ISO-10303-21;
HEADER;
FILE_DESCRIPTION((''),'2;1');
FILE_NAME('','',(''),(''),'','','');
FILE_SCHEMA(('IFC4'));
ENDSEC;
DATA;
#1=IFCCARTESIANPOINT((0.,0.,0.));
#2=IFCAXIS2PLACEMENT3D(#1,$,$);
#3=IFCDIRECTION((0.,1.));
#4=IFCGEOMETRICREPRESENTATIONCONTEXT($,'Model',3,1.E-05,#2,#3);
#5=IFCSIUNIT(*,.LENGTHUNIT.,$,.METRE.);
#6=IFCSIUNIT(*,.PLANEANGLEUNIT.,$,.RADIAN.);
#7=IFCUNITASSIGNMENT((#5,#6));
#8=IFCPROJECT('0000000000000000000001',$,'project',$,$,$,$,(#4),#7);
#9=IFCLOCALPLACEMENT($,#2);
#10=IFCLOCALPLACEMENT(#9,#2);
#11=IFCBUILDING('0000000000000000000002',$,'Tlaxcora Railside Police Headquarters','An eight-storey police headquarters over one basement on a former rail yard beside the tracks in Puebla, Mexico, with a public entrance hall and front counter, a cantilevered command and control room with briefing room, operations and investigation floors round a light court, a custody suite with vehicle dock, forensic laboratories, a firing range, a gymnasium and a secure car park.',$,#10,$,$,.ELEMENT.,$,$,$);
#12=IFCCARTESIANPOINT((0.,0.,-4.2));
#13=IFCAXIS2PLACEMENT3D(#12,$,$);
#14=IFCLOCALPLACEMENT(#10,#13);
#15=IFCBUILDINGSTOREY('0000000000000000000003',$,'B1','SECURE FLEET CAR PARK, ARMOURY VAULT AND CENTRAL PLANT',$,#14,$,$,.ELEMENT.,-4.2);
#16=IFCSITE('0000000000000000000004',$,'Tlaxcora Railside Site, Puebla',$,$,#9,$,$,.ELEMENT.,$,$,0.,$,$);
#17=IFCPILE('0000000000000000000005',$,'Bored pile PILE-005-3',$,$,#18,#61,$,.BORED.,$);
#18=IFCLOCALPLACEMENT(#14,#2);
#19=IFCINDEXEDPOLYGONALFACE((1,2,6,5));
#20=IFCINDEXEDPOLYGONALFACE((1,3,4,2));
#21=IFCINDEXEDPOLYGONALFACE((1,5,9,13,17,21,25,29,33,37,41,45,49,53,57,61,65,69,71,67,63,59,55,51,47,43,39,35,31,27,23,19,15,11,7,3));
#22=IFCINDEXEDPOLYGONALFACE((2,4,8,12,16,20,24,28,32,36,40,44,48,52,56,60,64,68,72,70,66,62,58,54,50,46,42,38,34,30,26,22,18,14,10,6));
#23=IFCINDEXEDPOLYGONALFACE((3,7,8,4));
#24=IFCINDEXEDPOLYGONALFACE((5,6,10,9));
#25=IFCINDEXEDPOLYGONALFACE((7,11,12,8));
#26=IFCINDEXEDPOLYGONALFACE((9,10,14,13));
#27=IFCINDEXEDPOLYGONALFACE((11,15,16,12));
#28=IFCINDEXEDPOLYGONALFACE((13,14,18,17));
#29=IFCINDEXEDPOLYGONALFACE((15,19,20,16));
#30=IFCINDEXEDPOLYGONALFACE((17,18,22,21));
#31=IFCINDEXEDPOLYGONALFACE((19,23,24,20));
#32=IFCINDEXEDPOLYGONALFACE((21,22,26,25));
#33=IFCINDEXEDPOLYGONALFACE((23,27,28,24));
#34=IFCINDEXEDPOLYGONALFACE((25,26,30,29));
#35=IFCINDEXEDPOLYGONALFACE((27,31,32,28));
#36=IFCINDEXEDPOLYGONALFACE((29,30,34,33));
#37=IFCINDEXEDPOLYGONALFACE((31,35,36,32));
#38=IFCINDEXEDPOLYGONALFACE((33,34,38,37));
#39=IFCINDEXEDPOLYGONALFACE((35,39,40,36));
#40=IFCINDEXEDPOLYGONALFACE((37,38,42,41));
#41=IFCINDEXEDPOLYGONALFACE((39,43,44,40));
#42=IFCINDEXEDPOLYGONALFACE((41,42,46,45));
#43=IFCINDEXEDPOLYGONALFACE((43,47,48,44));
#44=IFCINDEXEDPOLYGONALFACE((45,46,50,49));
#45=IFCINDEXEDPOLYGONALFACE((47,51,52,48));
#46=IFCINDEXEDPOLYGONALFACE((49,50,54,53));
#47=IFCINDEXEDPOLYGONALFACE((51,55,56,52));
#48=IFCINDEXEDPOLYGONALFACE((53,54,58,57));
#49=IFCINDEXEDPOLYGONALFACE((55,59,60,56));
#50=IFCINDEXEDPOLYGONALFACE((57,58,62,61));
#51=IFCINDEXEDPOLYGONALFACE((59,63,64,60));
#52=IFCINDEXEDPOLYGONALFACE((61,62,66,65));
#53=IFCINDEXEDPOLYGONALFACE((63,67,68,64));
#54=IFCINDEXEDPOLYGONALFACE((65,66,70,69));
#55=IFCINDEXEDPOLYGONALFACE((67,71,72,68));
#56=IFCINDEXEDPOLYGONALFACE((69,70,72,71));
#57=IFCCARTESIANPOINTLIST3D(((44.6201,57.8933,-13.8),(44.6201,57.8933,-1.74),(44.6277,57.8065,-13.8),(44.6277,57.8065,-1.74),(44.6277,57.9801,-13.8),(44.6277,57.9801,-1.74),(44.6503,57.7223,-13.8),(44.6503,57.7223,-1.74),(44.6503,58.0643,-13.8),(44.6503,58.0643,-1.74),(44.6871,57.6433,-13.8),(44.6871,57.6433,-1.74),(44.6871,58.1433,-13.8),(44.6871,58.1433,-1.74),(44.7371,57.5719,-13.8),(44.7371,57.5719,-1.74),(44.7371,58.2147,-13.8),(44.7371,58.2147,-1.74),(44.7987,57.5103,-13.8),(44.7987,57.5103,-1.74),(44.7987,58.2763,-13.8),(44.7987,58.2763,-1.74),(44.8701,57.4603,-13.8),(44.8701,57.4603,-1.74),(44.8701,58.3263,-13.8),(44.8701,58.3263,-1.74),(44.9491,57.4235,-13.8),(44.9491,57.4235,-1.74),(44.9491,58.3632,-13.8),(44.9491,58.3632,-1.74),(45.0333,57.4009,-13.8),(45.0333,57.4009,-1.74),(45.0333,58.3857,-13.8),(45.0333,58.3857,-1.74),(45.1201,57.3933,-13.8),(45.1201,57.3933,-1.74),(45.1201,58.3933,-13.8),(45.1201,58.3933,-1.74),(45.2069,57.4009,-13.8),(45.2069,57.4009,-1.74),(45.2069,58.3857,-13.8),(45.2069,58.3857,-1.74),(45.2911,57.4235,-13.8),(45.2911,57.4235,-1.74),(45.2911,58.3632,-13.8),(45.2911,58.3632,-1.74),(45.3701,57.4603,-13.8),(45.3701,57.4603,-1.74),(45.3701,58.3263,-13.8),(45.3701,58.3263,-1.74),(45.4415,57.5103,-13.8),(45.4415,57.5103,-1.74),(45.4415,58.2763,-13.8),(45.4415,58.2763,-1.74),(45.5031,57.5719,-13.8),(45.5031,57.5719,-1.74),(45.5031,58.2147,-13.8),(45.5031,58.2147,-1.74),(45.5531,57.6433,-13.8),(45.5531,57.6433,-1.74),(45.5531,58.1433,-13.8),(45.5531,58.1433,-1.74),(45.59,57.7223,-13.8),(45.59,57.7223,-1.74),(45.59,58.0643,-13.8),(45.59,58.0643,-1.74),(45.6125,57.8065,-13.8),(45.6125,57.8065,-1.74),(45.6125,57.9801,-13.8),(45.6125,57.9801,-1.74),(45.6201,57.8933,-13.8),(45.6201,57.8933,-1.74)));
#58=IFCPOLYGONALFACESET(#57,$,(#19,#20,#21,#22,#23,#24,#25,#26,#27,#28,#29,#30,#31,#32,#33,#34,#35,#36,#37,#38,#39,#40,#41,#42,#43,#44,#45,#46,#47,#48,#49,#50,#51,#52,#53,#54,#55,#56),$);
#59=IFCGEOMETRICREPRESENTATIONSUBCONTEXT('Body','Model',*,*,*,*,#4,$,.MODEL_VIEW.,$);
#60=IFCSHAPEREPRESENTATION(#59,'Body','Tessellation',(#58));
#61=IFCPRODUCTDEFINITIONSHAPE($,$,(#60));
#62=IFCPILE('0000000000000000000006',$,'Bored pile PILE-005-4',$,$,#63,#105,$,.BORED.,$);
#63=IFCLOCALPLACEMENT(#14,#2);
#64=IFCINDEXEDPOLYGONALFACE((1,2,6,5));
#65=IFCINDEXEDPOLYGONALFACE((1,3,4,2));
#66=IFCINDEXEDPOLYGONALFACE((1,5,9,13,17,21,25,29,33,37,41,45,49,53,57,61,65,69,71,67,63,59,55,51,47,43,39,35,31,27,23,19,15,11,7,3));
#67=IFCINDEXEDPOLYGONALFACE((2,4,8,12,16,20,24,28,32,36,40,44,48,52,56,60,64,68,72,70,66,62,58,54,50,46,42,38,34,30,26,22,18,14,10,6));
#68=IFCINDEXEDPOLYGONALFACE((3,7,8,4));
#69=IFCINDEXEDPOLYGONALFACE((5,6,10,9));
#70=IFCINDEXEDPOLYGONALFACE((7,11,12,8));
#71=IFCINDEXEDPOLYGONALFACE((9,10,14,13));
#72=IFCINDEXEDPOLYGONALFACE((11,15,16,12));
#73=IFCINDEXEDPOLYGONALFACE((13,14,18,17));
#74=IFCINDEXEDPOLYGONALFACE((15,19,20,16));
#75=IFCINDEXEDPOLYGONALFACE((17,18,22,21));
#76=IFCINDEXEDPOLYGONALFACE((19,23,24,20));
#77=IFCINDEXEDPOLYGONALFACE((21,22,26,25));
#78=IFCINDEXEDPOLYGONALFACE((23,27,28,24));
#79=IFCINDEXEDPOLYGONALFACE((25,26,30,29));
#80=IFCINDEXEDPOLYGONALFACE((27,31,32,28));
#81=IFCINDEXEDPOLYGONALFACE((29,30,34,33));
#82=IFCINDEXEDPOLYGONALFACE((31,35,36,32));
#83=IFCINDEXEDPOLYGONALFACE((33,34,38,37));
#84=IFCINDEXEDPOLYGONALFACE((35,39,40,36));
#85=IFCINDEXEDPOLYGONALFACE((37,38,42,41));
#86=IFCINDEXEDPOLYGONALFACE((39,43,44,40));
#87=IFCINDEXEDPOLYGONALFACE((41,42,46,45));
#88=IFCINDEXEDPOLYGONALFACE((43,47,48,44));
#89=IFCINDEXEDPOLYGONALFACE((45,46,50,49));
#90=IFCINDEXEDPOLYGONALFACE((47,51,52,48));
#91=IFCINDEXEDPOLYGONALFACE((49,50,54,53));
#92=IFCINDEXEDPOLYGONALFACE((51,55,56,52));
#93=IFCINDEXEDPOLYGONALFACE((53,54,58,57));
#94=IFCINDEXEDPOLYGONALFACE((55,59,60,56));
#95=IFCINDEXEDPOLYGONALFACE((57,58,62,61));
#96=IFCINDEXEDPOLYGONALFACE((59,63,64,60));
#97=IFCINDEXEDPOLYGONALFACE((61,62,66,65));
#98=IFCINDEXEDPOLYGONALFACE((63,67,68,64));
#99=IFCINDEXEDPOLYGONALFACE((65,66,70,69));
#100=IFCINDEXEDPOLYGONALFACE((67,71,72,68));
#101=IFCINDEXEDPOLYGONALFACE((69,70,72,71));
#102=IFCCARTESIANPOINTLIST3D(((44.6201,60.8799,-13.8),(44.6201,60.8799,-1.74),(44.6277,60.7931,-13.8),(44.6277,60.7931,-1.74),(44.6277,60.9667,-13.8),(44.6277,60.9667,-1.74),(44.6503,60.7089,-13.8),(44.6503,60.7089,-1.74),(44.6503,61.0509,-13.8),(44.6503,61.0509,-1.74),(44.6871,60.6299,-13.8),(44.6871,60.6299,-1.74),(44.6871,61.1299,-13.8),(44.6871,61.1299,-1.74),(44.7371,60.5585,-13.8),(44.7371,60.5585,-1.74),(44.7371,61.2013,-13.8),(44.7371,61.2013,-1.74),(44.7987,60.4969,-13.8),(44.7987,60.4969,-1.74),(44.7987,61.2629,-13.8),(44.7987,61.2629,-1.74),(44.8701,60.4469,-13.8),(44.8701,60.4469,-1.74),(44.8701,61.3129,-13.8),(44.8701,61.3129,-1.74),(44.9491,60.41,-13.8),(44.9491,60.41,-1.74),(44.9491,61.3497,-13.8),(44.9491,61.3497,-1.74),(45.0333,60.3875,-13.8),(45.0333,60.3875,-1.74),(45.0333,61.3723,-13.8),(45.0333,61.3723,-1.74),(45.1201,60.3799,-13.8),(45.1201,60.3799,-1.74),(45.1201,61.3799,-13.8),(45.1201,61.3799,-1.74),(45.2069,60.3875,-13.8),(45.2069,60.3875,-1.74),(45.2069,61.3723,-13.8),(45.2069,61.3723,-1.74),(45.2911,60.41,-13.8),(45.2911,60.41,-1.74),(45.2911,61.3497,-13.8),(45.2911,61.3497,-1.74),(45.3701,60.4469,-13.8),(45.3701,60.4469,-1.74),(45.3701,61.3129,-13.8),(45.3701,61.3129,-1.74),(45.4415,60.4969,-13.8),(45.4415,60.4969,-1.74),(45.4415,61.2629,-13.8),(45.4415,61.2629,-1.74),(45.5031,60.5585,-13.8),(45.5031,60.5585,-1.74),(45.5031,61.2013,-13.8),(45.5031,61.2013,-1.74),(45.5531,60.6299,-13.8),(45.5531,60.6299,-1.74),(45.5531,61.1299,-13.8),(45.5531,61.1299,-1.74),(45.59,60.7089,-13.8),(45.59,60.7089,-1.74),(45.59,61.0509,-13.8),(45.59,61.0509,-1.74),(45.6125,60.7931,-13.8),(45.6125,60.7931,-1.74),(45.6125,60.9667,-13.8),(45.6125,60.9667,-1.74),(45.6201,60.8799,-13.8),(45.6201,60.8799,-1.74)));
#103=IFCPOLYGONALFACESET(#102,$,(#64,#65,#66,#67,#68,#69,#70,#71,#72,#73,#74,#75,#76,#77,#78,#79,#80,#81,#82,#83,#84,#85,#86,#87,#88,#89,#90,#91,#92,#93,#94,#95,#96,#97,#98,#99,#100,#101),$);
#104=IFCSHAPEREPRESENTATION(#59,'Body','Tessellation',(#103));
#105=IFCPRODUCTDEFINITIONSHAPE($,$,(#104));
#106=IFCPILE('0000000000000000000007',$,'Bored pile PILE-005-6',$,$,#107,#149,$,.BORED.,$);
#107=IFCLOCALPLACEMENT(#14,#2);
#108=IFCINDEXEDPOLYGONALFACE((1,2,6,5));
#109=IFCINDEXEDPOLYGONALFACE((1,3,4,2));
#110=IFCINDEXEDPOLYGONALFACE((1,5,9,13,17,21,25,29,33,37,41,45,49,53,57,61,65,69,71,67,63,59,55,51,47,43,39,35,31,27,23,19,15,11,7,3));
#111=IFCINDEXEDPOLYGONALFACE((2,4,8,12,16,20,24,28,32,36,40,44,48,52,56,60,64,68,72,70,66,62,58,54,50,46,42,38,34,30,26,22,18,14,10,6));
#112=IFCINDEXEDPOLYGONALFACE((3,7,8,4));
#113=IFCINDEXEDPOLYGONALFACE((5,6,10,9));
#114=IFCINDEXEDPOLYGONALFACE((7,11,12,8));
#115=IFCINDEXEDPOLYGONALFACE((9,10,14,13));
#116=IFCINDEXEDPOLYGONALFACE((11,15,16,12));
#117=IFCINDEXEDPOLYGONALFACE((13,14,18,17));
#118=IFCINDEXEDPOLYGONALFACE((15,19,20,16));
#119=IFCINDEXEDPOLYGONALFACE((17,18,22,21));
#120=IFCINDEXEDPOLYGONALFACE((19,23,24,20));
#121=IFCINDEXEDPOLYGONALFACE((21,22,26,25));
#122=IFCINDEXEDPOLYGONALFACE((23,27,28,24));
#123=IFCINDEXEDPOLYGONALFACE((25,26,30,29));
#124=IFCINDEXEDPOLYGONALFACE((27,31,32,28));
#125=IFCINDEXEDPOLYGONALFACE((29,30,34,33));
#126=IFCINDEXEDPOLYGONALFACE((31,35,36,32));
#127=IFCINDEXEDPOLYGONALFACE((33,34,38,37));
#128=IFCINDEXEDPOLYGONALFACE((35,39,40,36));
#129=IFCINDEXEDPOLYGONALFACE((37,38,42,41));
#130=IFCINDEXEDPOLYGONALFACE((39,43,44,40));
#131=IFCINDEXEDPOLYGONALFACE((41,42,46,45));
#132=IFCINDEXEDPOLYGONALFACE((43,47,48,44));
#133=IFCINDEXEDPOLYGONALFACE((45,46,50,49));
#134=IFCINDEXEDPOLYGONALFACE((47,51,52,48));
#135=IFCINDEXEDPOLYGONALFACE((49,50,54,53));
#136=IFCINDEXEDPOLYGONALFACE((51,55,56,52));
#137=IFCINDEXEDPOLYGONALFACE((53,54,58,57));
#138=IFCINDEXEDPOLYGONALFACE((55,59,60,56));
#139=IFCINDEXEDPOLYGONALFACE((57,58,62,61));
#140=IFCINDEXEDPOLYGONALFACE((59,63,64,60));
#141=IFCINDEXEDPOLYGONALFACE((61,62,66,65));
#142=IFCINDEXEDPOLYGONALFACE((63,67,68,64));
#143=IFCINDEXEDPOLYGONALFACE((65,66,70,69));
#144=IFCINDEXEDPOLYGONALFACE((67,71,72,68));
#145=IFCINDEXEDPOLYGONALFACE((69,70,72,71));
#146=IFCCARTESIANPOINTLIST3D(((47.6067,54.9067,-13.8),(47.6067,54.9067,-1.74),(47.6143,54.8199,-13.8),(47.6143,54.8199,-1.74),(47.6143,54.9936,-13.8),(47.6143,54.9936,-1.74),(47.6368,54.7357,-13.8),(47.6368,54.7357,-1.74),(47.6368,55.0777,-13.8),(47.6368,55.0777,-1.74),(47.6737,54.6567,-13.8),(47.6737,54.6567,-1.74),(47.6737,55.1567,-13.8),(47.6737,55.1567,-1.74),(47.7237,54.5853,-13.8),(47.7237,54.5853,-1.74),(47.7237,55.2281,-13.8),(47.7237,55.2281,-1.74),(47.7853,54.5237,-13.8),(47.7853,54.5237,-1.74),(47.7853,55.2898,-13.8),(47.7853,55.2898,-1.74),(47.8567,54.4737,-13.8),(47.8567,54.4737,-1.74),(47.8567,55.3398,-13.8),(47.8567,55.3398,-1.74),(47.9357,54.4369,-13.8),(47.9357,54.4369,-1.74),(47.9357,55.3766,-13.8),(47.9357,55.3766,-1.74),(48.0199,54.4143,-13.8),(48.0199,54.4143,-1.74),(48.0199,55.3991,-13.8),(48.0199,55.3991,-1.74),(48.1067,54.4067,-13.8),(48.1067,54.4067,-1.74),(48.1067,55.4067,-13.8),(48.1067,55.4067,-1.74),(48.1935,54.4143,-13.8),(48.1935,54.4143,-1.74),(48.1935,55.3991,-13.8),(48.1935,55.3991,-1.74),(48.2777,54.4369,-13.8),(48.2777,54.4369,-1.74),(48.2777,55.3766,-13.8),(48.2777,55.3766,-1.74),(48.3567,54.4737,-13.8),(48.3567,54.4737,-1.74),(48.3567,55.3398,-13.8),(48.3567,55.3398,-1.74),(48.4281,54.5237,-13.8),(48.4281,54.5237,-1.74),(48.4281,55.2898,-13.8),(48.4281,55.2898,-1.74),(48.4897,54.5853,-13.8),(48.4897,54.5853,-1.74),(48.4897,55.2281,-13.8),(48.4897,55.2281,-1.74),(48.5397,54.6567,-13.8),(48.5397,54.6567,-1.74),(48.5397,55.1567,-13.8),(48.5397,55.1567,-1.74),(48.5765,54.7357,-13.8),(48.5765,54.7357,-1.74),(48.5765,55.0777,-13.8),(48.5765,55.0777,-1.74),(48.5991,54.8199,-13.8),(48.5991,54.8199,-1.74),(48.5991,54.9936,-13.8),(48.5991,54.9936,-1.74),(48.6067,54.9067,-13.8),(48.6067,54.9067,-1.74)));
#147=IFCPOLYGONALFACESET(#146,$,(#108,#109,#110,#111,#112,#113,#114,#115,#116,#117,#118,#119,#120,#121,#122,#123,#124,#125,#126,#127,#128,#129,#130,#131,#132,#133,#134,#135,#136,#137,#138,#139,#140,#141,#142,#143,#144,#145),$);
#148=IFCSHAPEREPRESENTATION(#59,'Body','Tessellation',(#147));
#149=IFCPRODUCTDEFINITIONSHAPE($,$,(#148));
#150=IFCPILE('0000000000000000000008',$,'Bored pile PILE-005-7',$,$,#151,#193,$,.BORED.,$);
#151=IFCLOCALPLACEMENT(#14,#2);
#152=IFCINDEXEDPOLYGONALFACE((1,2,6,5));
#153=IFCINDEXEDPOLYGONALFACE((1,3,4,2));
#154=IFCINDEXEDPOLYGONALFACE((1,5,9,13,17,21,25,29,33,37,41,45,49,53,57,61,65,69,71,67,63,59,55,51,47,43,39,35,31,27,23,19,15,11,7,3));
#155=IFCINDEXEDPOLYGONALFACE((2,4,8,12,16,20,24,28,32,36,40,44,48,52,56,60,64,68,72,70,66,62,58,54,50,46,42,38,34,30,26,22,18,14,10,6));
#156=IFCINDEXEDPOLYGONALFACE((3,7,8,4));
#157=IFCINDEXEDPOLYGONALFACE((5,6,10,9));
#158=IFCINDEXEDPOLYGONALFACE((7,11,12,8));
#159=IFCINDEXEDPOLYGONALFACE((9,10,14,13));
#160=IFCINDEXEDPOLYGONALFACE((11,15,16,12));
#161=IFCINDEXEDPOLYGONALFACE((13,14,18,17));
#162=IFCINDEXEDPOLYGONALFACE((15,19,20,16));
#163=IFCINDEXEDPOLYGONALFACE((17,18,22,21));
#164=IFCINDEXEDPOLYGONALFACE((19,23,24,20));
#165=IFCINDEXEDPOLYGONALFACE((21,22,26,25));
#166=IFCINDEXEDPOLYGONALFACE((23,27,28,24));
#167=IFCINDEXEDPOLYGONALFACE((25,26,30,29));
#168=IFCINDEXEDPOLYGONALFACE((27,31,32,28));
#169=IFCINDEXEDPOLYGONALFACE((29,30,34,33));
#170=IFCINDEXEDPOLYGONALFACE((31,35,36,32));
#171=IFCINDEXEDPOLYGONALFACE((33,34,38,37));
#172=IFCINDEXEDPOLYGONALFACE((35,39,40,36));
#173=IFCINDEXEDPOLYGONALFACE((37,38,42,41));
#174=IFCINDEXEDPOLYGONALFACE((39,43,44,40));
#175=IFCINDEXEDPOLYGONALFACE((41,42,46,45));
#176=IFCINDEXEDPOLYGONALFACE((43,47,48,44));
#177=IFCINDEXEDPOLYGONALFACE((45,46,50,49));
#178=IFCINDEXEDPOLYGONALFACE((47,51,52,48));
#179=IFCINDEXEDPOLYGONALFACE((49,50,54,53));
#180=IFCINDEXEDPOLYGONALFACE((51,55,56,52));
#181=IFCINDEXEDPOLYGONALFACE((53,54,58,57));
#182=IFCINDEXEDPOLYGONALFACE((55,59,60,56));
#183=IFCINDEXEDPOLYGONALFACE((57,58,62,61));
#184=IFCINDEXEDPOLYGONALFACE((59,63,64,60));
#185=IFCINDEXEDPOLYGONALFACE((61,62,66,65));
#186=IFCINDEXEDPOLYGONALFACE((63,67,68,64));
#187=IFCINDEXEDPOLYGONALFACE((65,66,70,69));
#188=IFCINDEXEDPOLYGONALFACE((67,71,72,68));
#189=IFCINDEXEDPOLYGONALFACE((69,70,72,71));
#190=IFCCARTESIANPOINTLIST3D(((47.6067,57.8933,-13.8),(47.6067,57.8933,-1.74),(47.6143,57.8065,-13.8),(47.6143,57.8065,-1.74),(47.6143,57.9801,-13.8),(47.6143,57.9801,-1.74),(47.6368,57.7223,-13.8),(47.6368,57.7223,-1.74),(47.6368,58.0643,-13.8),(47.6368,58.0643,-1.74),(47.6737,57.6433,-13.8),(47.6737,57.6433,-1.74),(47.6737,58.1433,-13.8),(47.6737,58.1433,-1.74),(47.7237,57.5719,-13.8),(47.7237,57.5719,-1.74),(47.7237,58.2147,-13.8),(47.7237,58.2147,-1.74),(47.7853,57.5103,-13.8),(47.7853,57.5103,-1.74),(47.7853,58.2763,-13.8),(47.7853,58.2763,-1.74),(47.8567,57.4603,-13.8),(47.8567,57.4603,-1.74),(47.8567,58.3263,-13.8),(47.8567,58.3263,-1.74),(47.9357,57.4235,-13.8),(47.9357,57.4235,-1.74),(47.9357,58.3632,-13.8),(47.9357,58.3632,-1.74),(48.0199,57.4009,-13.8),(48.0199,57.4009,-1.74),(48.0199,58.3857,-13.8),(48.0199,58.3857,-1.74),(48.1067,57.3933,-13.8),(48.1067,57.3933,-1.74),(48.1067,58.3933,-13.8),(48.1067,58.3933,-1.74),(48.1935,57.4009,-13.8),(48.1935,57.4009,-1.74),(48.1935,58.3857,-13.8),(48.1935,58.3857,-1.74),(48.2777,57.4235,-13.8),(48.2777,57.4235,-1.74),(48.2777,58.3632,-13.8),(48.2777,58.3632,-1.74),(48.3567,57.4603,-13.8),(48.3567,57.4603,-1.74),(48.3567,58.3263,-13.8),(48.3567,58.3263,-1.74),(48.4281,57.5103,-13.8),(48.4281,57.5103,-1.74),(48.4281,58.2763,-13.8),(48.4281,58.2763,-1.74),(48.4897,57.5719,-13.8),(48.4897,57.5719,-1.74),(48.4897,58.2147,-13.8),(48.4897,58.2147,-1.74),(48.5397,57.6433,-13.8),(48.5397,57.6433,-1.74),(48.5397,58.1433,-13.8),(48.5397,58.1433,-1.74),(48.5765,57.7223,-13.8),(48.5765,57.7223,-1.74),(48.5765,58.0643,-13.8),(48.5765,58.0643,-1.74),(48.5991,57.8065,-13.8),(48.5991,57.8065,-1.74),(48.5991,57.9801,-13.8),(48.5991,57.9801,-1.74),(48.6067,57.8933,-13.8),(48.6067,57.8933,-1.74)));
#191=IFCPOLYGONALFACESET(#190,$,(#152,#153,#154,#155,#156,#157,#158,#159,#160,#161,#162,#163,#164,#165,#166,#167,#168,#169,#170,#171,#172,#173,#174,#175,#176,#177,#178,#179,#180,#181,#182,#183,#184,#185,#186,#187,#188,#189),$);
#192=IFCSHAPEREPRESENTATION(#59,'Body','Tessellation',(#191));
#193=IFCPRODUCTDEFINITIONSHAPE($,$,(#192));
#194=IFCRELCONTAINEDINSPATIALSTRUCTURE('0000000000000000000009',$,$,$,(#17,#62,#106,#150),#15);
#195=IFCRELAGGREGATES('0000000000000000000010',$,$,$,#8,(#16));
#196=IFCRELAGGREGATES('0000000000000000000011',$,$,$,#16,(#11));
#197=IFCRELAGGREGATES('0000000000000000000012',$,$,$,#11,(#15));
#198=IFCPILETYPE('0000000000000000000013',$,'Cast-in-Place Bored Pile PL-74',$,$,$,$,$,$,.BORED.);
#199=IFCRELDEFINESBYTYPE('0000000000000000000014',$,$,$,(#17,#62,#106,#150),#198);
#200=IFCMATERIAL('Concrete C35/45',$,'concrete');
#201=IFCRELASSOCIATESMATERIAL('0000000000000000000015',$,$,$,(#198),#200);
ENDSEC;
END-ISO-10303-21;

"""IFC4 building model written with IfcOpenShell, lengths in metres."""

from ifc_helpers import new_model, si_unit, direction, frame, origin, origin_2d, place, context, subcontext, project, spatial, circle, extrude, material, material_profile, profile_set, type_object, element, save


model = new_model("IFC4")

# Units and contexts
model_context = context("Model", 3, precision=1e-05, world=origin(), true_north=direction((0.0, 1.0)))
body_context = subcontext(model_context, "Body", "Model", "MODEL_VIEW")
ifc_project = project(units=[si_unit("LENGTHUNIT", "METRE"), si_unit("PLANEANGLEUNIT", "RADIAN")], contexts=[model_context])

# Site, building, storey
site_placement = place(None, origin())
site = spatial("IfcSite", under=ifc_project, at=site_placement, Name="Tlaxcora Railside Site, Puebla", CompositionType="ELEMENT", RefElevation=0.0)
building_placement = place(site_placement, origin())
building = spatial("IfcBuilding", under=site, at=building_placement, Name="Tlaxcora Railside Police Headquarters", Description="An eight-storey police headquarters over one basement on a former rail yard beside the tracks in Puebla, Mexico, with a public entrance hall and front counter, a cantilevered command and control room with briefing room, operations and investigation floors round a light court, a custody suite with vehicle dock, forensic laboratories, a firing range, a gymnasium and a secure car park.", CompositionType="ELEMENT")
storey_placement = place(building_placement, frame((0.0, 0.0, -4.2)))
storey = spatial("IfcBuildingStorey", under=building, at=storey_placement, Name="B1", Description="SECURE FLEET CAR PARK, ARMOURY VAULT AND CENTRAL PLANT", CompositionType="ELEMENT", Elevation=-4.2)

# Piles
ifc_material_1 = material(Name="Concrete C35/45", Category="concrete")
ifc_material_profile_1 = material_profile(ifc_material_1, circle(Radius=0.5, at=origin_2d()), Name="PILE1000")
ifc_profile_set_1 = profile_set([ifc_material_profile_1], Name="Concrete C35/45")
pile_type_1 = type_object("IfcPileType", Name="Cast-in-Place Bored Pile PL-74", PredefinedType="BORED", material=ifc_profile_set_1)
for number, where, z_axis, x_axis, name in (
    (1, (45.1201, 57.8933, -1.74), (0.0, 0.0, -1.0), (1.0, 0.0, 0.0), "Bored pile PILE-005-3"),
    (2, (45.1201, 60.8799, -1.74), (0.0, 0.0, -1.0), (1.0, 0.0, 0.0), "Bored pile PILE-005-4"),
    (3, (48.1067, 54.9067, -1.74), (0.0, 0.0, -1.0), (1.0, 0.0, 0.0), "Bored pile PILE-005-6"),
    (4, (48.1067, 57.8933, -1.74), (0.0, 0.0, -1.0), (1.0, 0.0, 0.0), "Bored pile PILE-005-7"),
):
    element("IfcPile", number, at=place(storey_placement, frame(where, z_axis=z_axis, x_axis=x_axis)), inside=storey, type_object=pile_type_1, Name=name, PredefinedType="BORED", context=body_context, shape_type="SweptSolid", body=[
        extrude(circle(Radius=0.5, at=origin_2d()), origin(), (0.0, 0.0, 1.0), 12.0601),
    ])

save(model, "model.ifc")
